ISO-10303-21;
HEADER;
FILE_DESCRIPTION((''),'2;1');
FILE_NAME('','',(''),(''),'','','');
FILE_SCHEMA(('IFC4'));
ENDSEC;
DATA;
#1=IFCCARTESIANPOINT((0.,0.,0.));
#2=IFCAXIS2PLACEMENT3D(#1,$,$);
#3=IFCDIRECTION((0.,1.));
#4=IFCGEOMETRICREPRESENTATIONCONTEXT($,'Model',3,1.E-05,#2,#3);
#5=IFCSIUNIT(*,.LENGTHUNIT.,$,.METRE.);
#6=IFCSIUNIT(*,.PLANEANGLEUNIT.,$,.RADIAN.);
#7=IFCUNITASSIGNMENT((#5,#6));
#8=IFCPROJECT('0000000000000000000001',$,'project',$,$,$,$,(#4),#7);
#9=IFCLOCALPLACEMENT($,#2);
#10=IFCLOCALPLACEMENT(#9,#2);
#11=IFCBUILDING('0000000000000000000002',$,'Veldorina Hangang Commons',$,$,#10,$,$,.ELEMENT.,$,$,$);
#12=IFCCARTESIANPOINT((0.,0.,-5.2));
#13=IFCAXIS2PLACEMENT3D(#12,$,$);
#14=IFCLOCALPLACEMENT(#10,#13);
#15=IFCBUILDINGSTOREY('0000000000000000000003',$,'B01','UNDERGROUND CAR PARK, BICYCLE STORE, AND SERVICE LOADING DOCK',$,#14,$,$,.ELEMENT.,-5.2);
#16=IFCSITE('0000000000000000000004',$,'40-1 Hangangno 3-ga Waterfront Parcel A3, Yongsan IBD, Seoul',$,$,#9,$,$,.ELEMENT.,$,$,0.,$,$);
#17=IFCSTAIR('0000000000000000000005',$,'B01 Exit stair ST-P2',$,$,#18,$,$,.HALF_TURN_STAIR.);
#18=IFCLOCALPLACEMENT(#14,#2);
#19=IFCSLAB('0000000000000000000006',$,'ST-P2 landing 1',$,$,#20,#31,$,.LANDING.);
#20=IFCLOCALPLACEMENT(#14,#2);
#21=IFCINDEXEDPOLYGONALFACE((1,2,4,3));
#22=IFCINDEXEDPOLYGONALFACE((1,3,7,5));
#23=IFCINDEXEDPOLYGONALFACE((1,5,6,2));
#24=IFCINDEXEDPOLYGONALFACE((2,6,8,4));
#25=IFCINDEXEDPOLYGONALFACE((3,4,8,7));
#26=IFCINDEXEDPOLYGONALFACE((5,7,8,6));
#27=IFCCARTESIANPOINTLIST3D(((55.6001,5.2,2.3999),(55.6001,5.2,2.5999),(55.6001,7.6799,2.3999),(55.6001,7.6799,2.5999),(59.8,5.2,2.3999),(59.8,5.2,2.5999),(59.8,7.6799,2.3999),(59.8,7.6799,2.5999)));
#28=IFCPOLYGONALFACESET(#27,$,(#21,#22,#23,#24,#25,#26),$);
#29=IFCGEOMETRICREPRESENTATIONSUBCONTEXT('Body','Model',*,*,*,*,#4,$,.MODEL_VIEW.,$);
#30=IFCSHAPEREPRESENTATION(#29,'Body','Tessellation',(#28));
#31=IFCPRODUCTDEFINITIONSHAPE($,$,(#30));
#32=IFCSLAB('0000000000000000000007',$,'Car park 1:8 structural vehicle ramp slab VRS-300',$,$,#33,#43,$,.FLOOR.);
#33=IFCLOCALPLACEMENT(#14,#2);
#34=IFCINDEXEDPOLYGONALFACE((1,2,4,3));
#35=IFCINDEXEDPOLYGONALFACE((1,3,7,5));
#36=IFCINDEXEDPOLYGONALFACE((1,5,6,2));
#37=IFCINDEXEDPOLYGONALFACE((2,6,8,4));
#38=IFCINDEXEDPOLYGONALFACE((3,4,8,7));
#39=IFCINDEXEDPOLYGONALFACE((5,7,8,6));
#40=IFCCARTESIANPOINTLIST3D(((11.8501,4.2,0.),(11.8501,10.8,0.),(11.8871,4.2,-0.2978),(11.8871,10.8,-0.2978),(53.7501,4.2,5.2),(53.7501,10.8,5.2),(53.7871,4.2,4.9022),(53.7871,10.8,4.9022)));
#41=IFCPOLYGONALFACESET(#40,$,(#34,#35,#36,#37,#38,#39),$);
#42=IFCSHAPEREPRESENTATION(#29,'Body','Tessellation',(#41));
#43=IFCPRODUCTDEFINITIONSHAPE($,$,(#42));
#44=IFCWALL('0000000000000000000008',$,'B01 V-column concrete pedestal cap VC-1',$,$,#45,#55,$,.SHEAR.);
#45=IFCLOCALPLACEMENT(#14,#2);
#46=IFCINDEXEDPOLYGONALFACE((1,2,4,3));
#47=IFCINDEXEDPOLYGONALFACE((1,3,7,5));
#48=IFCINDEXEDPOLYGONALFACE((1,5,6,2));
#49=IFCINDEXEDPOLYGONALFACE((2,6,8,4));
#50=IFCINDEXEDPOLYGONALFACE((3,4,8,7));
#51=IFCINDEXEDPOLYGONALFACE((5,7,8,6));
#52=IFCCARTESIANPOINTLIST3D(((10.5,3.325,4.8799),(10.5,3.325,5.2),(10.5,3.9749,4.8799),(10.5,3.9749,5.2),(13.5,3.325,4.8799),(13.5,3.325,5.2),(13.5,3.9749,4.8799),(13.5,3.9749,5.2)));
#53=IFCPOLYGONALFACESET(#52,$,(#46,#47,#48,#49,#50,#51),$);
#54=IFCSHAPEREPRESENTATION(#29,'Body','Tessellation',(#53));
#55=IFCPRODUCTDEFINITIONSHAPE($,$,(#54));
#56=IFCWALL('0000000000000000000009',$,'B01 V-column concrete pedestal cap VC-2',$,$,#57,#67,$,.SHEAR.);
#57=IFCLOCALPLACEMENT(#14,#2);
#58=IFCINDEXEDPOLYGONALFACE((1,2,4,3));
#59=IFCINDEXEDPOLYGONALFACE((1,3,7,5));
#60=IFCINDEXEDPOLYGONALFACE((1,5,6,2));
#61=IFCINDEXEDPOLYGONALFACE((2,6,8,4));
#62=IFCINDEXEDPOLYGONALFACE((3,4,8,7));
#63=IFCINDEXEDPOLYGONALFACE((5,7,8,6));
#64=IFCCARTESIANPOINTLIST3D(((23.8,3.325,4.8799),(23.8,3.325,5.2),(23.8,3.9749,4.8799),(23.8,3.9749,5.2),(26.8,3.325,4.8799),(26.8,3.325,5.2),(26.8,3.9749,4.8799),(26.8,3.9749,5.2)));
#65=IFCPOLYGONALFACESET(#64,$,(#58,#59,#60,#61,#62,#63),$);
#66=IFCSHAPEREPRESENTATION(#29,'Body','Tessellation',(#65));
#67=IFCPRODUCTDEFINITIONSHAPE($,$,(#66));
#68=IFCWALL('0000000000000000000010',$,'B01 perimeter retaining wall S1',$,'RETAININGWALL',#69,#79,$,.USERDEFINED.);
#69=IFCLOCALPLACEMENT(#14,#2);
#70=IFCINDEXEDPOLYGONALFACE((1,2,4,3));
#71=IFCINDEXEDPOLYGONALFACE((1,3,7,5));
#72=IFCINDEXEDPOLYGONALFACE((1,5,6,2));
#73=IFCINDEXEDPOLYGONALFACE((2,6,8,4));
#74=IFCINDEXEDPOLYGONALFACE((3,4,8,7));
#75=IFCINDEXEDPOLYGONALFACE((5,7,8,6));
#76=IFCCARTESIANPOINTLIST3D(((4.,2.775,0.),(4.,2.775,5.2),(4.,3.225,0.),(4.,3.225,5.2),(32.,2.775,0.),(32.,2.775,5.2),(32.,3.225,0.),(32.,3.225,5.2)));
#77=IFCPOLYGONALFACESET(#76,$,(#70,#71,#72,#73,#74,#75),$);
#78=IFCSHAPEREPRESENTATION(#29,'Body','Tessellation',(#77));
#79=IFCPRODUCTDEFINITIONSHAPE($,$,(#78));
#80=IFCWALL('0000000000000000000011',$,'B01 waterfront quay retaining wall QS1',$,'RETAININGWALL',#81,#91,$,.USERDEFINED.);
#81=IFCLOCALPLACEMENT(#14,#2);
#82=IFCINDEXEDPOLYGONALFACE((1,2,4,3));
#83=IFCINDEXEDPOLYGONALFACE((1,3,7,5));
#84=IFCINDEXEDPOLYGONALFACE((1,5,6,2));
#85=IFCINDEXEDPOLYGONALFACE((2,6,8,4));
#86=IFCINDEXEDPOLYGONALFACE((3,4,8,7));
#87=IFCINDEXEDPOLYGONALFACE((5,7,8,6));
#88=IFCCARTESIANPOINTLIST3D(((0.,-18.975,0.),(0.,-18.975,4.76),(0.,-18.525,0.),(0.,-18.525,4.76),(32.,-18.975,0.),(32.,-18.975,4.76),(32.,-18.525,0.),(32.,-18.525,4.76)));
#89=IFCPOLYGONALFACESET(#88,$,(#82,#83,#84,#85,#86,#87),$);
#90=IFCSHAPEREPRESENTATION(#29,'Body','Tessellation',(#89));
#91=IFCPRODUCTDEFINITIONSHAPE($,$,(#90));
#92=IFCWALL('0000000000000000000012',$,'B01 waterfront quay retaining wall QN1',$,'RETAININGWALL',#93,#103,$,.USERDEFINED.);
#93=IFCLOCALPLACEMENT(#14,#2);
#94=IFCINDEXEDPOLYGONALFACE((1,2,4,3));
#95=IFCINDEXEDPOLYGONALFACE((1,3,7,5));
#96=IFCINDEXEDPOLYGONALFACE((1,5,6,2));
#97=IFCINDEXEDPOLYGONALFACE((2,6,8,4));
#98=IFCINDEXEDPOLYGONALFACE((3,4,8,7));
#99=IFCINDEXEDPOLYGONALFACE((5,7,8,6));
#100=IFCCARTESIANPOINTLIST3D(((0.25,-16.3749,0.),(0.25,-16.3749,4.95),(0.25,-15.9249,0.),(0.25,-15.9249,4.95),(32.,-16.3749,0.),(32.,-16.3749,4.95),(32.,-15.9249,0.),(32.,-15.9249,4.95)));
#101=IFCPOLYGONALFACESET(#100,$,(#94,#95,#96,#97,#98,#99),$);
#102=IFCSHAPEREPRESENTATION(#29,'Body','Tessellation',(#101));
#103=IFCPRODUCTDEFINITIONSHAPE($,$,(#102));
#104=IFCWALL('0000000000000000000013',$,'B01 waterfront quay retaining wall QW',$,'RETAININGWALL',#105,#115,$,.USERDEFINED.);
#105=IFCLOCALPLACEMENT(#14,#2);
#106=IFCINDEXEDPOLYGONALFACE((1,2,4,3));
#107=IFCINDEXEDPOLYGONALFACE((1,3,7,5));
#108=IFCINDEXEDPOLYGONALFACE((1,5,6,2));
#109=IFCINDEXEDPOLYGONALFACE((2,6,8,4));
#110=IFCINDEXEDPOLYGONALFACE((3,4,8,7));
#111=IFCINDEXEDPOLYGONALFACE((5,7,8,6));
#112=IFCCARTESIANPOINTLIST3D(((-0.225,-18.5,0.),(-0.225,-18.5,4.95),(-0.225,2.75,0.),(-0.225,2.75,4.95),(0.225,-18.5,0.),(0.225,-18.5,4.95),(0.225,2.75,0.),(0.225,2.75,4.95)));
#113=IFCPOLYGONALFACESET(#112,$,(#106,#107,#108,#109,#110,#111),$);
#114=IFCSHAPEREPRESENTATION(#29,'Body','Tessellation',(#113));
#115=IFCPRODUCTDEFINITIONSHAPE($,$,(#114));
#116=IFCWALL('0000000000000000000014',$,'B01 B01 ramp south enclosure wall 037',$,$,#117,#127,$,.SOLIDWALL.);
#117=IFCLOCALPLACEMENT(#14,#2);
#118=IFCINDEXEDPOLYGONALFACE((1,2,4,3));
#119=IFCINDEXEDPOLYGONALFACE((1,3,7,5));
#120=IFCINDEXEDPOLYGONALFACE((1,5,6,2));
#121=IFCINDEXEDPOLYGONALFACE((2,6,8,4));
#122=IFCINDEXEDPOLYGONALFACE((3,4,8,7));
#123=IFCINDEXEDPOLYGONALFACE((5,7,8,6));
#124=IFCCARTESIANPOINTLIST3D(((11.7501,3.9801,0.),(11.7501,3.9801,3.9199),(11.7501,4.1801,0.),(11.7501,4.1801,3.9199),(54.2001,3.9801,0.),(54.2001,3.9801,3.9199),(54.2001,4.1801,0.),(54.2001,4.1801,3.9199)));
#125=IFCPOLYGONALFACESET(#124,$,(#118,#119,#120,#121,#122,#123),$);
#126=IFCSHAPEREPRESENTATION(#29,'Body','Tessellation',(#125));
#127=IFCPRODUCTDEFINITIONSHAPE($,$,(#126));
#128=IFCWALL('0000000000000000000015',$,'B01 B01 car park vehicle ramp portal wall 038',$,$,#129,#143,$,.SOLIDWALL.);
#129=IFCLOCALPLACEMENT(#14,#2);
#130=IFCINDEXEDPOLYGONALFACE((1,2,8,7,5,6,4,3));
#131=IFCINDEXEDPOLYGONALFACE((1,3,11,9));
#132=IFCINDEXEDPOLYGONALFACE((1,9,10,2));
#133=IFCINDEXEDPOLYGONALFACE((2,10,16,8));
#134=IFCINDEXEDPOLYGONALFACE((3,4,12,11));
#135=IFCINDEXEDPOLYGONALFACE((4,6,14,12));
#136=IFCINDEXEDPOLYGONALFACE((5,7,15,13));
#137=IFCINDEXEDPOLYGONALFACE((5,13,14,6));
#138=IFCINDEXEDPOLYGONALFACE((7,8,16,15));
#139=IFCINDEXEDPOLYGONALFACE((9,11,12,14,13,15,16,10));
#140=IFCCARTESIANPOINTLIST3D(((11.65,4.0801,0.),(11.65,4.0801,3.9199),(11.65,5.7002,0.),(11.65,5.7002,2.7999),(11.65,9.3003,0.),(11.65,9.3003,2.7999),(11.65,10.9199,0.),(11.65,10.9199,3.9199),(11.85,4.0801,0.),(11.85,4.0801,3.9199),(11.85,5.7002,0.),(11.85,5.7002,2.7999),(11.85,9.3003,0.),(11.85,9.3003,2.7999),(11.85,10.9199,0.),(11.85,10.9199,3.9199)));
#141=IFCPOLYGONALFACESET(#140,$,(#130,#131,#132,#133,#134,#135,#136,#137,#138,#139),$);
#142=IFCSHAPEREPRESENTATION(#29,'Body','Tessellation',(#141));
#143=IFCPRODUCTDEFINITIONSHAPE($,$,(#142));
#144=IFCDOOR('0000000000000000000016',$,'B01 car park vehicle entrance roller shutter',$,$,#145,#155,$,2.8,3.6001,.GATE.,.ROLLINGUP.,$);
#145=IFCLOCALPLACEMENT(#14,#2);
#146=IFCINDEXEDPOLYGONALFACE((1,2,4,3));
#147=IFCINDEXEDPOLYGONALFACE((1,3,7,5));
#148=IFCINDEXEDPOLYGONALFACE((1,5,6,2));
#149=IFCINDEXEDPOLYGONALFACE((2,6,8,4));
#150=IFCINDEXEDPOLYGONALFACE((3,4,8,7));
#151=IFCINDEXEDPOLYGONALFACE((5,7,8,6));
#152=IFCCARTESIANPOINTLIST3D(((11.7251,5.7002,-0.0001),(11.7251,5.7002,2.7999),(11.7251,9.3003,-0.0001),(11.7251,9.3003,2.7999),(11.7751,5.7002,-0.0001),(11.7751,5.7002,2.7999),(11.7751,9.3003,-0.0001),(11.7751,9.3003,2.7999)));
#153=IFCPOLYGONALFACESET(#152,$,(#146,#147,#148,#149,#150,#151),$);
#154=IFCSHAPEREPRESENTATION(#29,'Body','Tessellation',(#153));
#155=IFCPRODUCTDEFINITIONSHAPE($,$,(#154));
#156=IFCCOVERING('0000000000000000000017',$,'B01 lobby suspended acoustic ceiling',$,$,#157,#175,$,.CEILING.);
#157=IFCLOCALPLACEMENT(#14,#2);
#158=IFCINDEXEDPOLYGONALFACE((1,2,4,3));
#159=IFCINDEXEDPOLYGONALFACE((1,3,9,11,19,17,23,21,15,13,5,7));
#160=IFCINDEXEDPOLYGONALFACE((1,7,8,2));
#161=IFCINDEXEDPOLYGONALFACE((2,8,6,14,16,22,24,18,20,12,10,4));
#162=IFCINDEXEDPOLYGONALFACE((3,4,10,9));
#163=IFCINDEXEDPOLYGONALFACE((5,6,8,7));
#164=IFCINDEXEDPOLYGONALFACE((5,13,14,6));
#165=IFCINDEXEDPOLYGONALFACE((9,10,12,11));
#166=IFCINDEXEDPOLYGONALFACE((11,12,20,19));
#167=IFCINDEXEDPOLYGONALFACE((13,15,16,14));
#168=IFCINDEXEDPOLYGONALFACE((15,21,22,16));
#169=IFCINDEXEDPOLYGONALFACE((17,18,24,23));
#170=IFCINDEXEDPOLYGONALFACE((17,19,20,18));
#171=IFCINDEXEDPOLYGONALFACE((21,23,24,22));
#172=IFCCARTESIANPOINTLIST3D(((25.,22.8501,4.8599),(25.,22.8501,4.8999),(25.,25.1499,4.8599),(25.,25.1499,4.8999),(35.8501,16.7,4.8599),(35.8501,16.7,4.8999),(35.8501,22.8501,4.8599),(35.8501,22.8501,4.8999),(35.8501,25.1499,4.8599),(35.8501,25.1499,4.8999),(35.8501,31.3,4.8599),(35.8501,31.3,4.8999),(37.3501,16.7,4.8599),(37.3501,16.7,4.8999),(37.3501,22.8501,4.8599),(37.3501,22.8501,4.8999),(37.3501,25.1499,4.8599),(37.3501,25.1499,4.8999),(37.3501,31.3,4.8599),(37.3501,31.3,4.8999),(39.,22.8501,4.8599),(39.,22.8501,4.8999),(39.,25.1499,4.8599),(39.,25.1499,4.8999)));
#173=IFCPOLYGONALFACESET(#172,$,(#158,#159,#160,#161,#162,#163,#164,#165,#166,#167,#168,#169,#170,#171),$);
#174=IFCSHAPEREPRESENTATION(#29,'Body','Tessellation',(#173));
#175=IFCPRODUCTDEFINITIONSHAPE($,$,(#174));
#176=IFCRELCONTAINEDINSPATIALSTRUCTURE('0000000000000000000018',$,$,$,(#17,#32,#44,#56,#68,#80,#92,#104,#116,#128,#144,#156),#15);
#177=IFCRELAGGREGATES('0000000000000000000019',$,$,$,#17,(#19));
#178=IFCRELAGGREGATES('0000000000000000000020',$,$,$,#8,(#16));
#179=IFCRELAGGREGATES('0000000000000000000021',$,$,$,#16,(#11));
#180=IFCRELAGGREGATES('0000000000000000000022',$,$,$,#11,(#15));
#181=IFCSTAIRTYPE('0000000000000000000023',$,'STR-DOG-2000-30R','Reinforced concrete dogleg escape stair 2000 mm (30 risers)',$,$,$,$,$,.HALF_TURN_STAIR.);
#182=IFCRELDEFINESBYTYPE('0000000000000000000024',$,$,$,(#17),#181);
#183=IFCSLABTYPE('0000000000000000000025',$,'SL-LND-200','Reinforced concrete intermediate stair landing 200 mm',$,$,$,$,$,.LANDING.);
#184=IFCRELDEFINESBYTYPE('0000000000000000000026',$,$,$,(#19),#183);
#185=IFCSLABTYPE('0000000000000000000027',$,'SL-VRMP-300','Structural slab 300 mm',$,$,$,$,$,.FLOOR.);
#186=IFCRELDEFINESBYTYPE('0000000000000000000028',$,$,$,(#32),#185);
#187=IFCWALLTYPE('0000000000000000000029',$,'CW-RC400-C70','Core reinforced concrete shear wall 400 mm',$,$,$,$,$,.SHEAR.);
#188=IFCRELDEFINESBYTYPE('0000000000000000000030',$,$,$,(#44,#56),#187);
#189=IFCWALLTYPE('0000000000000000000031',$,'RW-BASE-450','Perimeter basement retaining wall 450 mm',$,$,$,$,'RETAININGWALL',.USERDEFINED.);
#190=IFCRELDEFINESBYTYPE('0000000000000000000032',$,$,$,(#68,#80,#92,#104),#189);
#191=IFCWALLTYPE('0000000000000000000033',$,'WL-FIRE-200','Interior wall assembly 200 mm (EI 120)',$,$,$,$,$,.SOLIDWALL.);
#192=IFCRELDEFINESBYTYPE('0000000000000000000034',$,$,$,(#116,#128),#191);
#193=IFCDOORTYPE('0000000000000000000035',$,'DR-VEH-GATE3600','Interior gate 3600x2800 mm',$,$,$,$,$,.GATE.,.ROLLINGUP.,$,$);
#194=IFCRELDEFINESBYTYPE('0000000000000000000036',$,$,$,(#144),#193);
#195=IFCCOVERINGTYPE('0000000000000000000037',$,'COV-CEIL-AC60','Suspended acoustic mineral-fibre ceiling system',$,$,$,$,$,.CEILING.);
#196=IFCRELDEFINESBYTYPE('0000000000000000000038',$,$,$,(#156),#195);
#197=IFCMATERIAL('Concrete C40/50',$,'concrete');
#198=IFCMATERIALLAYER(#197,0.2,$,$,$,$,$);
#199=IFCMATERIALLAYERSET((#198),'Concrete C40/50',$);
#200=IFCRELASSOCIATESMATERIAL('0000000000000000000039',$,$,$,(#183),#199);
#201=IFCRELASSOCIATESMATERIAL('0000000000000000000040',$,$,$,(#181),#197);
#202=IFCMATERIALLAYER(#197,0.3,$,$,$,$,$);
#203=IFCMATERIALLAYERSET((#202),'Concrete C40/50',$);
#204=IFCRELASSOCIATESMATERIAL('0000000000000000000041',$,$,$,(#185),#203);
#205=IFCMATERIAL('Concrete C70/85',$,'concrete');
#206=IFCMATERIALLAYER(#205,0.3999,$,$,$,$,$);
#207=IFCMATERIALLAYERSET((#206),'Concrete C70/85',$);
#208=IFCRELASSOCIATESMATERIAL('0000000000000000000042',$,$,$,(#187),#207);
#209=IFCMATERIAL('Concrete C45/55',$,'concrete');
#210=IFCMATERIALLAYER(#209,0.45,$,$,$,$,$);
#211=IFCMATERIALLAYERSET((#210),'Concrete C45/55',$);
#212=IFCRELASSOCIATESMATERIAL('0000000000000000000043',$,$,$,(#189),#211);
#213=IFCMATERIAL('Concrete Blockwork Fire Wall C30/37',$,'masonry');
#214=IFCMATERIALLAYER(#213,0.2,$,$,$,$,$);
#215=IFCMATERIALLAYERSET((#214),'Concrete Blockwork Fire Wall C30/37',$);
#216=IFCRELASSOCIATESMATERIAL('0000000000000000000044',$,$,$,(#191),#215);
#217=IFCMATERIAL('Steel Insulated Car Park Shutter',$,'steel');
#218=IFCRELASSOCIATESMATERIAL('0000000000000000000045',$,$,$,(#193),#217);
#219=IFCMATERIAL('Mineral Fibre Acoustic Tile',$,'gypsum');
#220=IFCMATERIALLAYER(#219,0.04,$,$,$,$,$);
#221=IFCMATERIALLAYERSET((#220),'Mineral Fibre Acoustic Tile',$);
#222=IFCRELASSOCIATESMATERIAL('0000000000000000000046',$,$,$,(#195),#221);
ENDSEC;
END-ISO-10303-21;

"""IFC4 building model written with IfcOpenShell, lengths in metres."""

from ifc_helpers import new_model, si_unit, direction, frame, frame_2d, origin, place, context, subcontext, project, spatial, polyline, rectangle, outline, extrude, material, layer, layer_set, type_object, element, fill, aggregate, save


model = new_model("IFC4")

# Units and contexts
model_context = context("Model", 3, precision=1e-05, world=origin(), true_north=direction((0.0, 1.0)))
body_context = subcontext(model_context, "Body", "Model", "MODEL_VIEW")
ifc_project = project(units=[si_unit("LENGTHUNIT", "METRE"), si_unit("PLANEANGLEUNIT", "RADIAN")], contexts=[model_context])

# Site, building, storey
site_placement = place(None, origin())
site = spatial("IfcSite", under=ifc_project, at=site_placement, Name="40-1 Hangangno 3-ga Waterfront Parcel A3, Yongsan IBD, Seoul", CompositionType="ELEMENT", RefElevation=0.0)
building_placement = place(site_placement, origin())
building = spatial("IfcBuilding", under=site, at=building_placement, Name="Veldorina Hangang Commons", CompositionType="ELEMENT")
storey_placement = place(building_placement, frame((0.0, 0.0, -5.2)))
storey = spatial("IfcBuildingStorey", under=building, at=storey_placement, Name="B01", Description="UNDERGROUND CAR PARK, BICYCLE STORE, AND SERVICE LOADING DOCK", CompositionType="ELEMENT", Elevation=-5.2)

# Shared definitions
ifc_material_1 = material(Name="Concrete C45/55", Category="concrete")

# Stair, slab
ifc_material_2 = material(Name="Concrete C40/50", Category="concrete")
ifc_layer_1 = layer(ifc_material_2, 0.2)
ifc_layer_set_1 = layer_set([ifc_layer_1], Name="Concrete C40/50")
slab_type_1 = type_object("IfcSlabType", Name="SL-LND-200", Description="Reinforced concrete intermediate stair landing 200 mm", PredefinedType="LANDING", material=ifc_layer_set_1)
stair_type_1 = type_object("IfcStairType", Name="STR-DOG-2000-30R", Description="Reinforced concrete dogleg escape stair 2000 mm (30 risers)", PredefinedType="HALF_TURN_STAIR", material=ifc_material_2)
stair_1_placement = place(storey_placement, origin())
stair_1 = element("IfcStair", 1, at=stair_1_placement, inside=storey, type_object=stair_type_1, Name="B01 Exit stair ST-P2", PredefinedType="HALF_TURN_STAIR")
slab_1_placement = place(storey_placement, frame((0.0, 0.0, 2.3999)))
slab_1 = element("IfcSlab", 2, at=slab_1_placement, type_object=slab_type_1, Name="ST-P2 landing 1", PredefinedType="LANDING", context=body_context, shape_type="SweptSolid", body=[
    extrude(outline(polyline([(55.6001, 7.6799), (55.6001, 5.2), (59.8, 5.2), (59.8, 7.6799), (55.6001, 7.6799)])), origin(), (0.0, 0.0, 1.0), 0.2),
])
aggregate(stair_1, [slab_1])

# Slab
ifc_layer_2 = layer(ifc_material_2, 0.3)
ifc_layer_set_2 = layer_set([ifc_layer_2], Name="Concrete C40/50")
slab_type_2 = type_object("IfcSlabType", Name="SL-VRMP-300", Description="Structural slab 300 mm", PredefinedType="FLOOR", material=ifc_layer_set_2)
slab_2_placement = place(storey_placement, frame((11.8501, 4.2, 0.0), z_axis=(-0.123159, 0.0, 0.992387), x_axis=(0.992387, 0.0, 0.123159)))
element("IfcSlab", 3, at=slab_2_placement, inside=storey, type_object=slab_type_2, Name="Car park 1:8 structural vehicle ramp slab VRS-300", PredefinedType="FLOOR", context=body_context, shape_type="SweptSolid", body=[
    extrude(outline(polyline([(0.0, 0.0), (42.2214, 0.0), (42.2214, 6.6001), (0.0, 6.6001), (0.0, 0.0)])), origin(), (0.0, 0.0, -1.0), 0.3),
])

# Walls
ifc_material_3 = material(Name="Concrete C70/85", Category="concrete")
ifc_layer_3 = layer(ifc_material_3, 0.3999)
ifc_layer_set_3 = layer_set([ifc_layer_3], Name="Concrete C70/85")
wall_type_1 = type_object("IfcWallType", Name="CW-RC400-C70", Description="Core reinforced concrete shear wall 400 mm", PredefinedType="SHEAR", material=ifc_layer_set_3)
for number, where, z_axis, x_axis, name in (
    (4, (10.5, 3.6499, 4.8799), (0.0, 0.0, 1.0), (1.0, 0.0, 0.0), "B01 V-column concrete pedestal cap VC-1"),
    (5, (23.8, 3.6499, 4.8799), (0.0, 0.0, 1.0), (1.0, 0.0, 0.0), "B01 V-column concrete pedestal cap VC-2"),
):
    element("IfcWall", number, at=place(storey_placement, frame(where, z_axis=z_axis, x_axis=x_axis)), inside=storey, type_object=wall_type_1, Name=name, PredefinedType="SHEAR", context=body_context, shape_type="SweptSolid", body=[
        extrude(rectangle(XDim=3.0, YDim=0.6499, at=frame_2d((1.5, 0.0))), origin(), (0.0, 0.0, 1.0), 0.3201),
    ])
ifc_layer_4 = layer(ifc_material_1, 0.45)
ifc_layer_set_4 = layer_set([ifc_layer_4], Name="Concrete C45/55")
wall_type_2 = type_object("IfcWallType", Name="RW-BASE-450", Description="Perimeter basement retaining wall 450 mm", ElementType="RETAININGWALL", PredefinedType="USERDEFINED", material=ifc_layer_set_4)
wall_1_placement = place(storey_placement, frame((4.0, 3.0, 0.0), z_axis=(0.0, 0.0, 1.0), x_axis=(1.0, 0.0, 0.0)))
element("IfcWall", 6, at=wall_1_placement, inside=storey, type_object=wall_type_2, Name="B01 perimeter retaining wall S1", ObjectType="RETAININGWALL", PredefinedType="USERDEFINED", context=body_context, shape_type="SweptSolid", body=[
    extrude(rectangle(XDim=28.0, YDim=0.45, at=frame_2d((14.0, 0.0))), origin(), (0.0, 0.0, 1.0), 5.2),
])
wall_2_placement = place(storey_placement, frame((0.0, -18.75, 0.0), z_axis=(0.0, 0.0, 1.0), x_axis=(1.0, 0.0, 0.0)))
element("IfcWall", 7, at=wall_2_placement, inside=storey, type_object=wall_type_2, Name="B01 waterfront quay retaining wall QS1", ObjectType="RETAININGWALL", PredefinedType="USERDEFINED", context=body_context, shape_type="SweptSolid", body=[
    extrude(rectangle(XDim=32.0, YDim=0.45, at=frame_2d((16.0, 0.0))), origin(), (0.0, 0.0, 1.0), 4.76),
])
wall_3_placement = place(storey_placement, frame((0.25, -16.1499, 0.0), z_axis=(0.0, 0.0, 1.0), x_axis=(1.0, 0.0, 0.0)))
element("IfcWall", 8, at=wall_3_placement, inside=storey, type_object=wall_type_2, Name="B01 waterfront quay retaining wall QN1", ObjectType="RETAININGWALL", PredefinedType="USERDEFINED", context=body_context, shape_type="SweptSolid", body=[
    extrude(rectangle(XDim=31.75, YDim=0.45, at=frame_2d((15.875, 0.0))), origin(), (0.0, 0.0, 1.0), 4.95),
])
wall_4_placement = place(storey_placement, frame((0.0, -18.5, 0.0), z_axis=(0.0, 0.0, 1.0), x_axis=(0.0, 1.0, 0.0)))
element("IfcWall", 9, at=wall_4_placement, inside=storey, type_object=wall_type_2, Name="B01 waterfront quay retaining wall QW", ObjectType="RETAININGWALL", PredefinedType="USERDEFINED", context=body_context, shape_type="SweptSolid", body=[
    extrude(rectangle(XDim=21.25, YDim=0.45, at=frame_2d((10.625, 0.0))), origin(), (0.0, 0.0, 1.0), 4.95),
])
ifc_material_4 = material(Name="Concrete Blockwork Fire Wall C30/37", Category="masonry")
ifc_layer_5 = layer(ifc_material_4, 0.2)
ifc_layer_set_5 = layer_set([ifc_layer_5], Name="Concrete Blockwork Fire Wall C30/37")
wall_type_3 = type_object("IfcWallType", Name="WL-FIRE-200", Description="Interior wall assembly 200 mm (EI 120)", PredefinedType="SOLIDWALL", material=ifc_layer_set_5)
wall_5_placement = place(storey_placement, frame((11.75, 4.0801, 0.0), z_axis=(0.0, 0.0, 1.0), x_axis=(1.0, 0.0, 0.0)))
element("IfcWall", 10, at=wall_5_placement, inside=storey, type_object=wall_type_3, Name="B01 B01 ramp south enclosure wall 037", PredefinedType="SOLIDWALL", context=body_context, shape_type="SweptSolid", body=[
    extrude(rectangle(XDim=42.45, YDim=0.2, at=frame_2d((21.2251, 0.0))), origin(), (0.0, 0.0, 1.0), 3.9199),
])

# Wall, opening, door
wall_6_placement = place(storey_placement, frame((11.75, 4.0801, 0.0), z_axis=(0.0, 0.0, 1.0), x_axis=(0.0, 1.0, 0.0)))
wall_6 = element("IfcWall", 11, at=wall_6_placement, inside=storey, type_object=wall_type_3, Name="B01 B01 car park vehicle ramp portal wall 038", PredefinedType="SOLIDWALL", context=body_context, shape_type="SweptSolid", body=[
    extrude(rectangle(XDim=6.8398, YDim=0.2, at=frame_2d((3.4199, 0.0))), origin(), (0.0, 0.0, 1.0), 3.9199),
])
opening_placement = place(wall_6_placement, frame((1.6201, 0.0, 0.0)))
opening = element("IfcOpeningElement", 12, at=opening_placement, cuts=wall_6, PredefinedType="OPENING", context=body_context, shape_type="SweptSolid", body=[
    extrude(rectangle(XDim=3.6001, YDim=2.8, at=frame_2d((1.8, 1.3999))), frame((0.0, 0.1099, 0.0), z_axis=(0.0, -1.0, 0.0), x_axis=(1.0, 0.0, 0.0)), (0.0, 0.0, 1.0), 0.22),
])
ifc_material_5 = material(Name="Steel Insulated Car Park Shutter", Category="steel")
door_type = type_object("IfcDoorType", Name="DR-VEH-GATE3600", Description="Interior gate 3600x2800 mm", OperationType="ROLLINGUP", PredefinedType="GATE", material=ifc_material_5)
door_placement = place(opening_placement, origin())
door = element("IfcDoor", 13, at=door_placement, inside=storey, type_object=door_type, Name="B01 car park vehicle entrance roller shutter", OperationType="ROLLINGUP", OverallHeight=2.8, OverallWidth=3.6001, PredefinedType="GATE", context=body_context, shape_type="SweptSolid", body=[
    extrude(rectangle(XDim=3.6001, YDim=2.8, at=frame_2d((1.8, 1.3999))), frame((0.0, 0.0249, 0.0), z_axis=(0.0, -1.0, 0.0), x_axis=(1.0, 0.0, 0.0)), (0.0, 0.0, 1.0), 0.05),
])
fill(opening, door)

# Covering
ifc_material_6 = material(Name="Mineral Fibre Acoustic Tile", Category="gypsum")
ifc_layer_6 = layer(ifc_material_6, 0.04)
ifc_layer_set_6 = layer_set([ifc_layer_6], Name="Mineral Fibre Acoustic Tile")
covering_type_1 = type_object("IfcCoveringType", Name="COV-CEIL-AC60", Description="Suspended acoustic mineral-fibre ceiling system", PredefinedType="CEILING", material=ifc_layer_set_6)
covering_1_placement = place(storey_placement, frame((0.0, 0.0, 4.8599)))
element("IfcCovering", 14, at=covering_1_placement, inside=storey, type_object=covering_type_1, Name="B01 lobby suspended acoustic ceiling", PredefinedType="CEILING", context=body_context, shape_type="SweptSolid", body=[
    extrude(outline(polyline([(25.0, 22.8501), (35.8501, 22.8501), (35.8501, 16.7), (37.3501, 16.7), (37.3501, 22.8501), (39.0, 22.8501), (39.0, 25.1499), (37.3501, 25.1499), (37.3501, 31.3), (35.8501, 31.3), (35.8501, 25.1499), (25.0, 25.1499), (25.0, 22.8501)])), origin(), (0.0, 0.0, 1.0), 0.04),
])

save(model, "model.ifc")
